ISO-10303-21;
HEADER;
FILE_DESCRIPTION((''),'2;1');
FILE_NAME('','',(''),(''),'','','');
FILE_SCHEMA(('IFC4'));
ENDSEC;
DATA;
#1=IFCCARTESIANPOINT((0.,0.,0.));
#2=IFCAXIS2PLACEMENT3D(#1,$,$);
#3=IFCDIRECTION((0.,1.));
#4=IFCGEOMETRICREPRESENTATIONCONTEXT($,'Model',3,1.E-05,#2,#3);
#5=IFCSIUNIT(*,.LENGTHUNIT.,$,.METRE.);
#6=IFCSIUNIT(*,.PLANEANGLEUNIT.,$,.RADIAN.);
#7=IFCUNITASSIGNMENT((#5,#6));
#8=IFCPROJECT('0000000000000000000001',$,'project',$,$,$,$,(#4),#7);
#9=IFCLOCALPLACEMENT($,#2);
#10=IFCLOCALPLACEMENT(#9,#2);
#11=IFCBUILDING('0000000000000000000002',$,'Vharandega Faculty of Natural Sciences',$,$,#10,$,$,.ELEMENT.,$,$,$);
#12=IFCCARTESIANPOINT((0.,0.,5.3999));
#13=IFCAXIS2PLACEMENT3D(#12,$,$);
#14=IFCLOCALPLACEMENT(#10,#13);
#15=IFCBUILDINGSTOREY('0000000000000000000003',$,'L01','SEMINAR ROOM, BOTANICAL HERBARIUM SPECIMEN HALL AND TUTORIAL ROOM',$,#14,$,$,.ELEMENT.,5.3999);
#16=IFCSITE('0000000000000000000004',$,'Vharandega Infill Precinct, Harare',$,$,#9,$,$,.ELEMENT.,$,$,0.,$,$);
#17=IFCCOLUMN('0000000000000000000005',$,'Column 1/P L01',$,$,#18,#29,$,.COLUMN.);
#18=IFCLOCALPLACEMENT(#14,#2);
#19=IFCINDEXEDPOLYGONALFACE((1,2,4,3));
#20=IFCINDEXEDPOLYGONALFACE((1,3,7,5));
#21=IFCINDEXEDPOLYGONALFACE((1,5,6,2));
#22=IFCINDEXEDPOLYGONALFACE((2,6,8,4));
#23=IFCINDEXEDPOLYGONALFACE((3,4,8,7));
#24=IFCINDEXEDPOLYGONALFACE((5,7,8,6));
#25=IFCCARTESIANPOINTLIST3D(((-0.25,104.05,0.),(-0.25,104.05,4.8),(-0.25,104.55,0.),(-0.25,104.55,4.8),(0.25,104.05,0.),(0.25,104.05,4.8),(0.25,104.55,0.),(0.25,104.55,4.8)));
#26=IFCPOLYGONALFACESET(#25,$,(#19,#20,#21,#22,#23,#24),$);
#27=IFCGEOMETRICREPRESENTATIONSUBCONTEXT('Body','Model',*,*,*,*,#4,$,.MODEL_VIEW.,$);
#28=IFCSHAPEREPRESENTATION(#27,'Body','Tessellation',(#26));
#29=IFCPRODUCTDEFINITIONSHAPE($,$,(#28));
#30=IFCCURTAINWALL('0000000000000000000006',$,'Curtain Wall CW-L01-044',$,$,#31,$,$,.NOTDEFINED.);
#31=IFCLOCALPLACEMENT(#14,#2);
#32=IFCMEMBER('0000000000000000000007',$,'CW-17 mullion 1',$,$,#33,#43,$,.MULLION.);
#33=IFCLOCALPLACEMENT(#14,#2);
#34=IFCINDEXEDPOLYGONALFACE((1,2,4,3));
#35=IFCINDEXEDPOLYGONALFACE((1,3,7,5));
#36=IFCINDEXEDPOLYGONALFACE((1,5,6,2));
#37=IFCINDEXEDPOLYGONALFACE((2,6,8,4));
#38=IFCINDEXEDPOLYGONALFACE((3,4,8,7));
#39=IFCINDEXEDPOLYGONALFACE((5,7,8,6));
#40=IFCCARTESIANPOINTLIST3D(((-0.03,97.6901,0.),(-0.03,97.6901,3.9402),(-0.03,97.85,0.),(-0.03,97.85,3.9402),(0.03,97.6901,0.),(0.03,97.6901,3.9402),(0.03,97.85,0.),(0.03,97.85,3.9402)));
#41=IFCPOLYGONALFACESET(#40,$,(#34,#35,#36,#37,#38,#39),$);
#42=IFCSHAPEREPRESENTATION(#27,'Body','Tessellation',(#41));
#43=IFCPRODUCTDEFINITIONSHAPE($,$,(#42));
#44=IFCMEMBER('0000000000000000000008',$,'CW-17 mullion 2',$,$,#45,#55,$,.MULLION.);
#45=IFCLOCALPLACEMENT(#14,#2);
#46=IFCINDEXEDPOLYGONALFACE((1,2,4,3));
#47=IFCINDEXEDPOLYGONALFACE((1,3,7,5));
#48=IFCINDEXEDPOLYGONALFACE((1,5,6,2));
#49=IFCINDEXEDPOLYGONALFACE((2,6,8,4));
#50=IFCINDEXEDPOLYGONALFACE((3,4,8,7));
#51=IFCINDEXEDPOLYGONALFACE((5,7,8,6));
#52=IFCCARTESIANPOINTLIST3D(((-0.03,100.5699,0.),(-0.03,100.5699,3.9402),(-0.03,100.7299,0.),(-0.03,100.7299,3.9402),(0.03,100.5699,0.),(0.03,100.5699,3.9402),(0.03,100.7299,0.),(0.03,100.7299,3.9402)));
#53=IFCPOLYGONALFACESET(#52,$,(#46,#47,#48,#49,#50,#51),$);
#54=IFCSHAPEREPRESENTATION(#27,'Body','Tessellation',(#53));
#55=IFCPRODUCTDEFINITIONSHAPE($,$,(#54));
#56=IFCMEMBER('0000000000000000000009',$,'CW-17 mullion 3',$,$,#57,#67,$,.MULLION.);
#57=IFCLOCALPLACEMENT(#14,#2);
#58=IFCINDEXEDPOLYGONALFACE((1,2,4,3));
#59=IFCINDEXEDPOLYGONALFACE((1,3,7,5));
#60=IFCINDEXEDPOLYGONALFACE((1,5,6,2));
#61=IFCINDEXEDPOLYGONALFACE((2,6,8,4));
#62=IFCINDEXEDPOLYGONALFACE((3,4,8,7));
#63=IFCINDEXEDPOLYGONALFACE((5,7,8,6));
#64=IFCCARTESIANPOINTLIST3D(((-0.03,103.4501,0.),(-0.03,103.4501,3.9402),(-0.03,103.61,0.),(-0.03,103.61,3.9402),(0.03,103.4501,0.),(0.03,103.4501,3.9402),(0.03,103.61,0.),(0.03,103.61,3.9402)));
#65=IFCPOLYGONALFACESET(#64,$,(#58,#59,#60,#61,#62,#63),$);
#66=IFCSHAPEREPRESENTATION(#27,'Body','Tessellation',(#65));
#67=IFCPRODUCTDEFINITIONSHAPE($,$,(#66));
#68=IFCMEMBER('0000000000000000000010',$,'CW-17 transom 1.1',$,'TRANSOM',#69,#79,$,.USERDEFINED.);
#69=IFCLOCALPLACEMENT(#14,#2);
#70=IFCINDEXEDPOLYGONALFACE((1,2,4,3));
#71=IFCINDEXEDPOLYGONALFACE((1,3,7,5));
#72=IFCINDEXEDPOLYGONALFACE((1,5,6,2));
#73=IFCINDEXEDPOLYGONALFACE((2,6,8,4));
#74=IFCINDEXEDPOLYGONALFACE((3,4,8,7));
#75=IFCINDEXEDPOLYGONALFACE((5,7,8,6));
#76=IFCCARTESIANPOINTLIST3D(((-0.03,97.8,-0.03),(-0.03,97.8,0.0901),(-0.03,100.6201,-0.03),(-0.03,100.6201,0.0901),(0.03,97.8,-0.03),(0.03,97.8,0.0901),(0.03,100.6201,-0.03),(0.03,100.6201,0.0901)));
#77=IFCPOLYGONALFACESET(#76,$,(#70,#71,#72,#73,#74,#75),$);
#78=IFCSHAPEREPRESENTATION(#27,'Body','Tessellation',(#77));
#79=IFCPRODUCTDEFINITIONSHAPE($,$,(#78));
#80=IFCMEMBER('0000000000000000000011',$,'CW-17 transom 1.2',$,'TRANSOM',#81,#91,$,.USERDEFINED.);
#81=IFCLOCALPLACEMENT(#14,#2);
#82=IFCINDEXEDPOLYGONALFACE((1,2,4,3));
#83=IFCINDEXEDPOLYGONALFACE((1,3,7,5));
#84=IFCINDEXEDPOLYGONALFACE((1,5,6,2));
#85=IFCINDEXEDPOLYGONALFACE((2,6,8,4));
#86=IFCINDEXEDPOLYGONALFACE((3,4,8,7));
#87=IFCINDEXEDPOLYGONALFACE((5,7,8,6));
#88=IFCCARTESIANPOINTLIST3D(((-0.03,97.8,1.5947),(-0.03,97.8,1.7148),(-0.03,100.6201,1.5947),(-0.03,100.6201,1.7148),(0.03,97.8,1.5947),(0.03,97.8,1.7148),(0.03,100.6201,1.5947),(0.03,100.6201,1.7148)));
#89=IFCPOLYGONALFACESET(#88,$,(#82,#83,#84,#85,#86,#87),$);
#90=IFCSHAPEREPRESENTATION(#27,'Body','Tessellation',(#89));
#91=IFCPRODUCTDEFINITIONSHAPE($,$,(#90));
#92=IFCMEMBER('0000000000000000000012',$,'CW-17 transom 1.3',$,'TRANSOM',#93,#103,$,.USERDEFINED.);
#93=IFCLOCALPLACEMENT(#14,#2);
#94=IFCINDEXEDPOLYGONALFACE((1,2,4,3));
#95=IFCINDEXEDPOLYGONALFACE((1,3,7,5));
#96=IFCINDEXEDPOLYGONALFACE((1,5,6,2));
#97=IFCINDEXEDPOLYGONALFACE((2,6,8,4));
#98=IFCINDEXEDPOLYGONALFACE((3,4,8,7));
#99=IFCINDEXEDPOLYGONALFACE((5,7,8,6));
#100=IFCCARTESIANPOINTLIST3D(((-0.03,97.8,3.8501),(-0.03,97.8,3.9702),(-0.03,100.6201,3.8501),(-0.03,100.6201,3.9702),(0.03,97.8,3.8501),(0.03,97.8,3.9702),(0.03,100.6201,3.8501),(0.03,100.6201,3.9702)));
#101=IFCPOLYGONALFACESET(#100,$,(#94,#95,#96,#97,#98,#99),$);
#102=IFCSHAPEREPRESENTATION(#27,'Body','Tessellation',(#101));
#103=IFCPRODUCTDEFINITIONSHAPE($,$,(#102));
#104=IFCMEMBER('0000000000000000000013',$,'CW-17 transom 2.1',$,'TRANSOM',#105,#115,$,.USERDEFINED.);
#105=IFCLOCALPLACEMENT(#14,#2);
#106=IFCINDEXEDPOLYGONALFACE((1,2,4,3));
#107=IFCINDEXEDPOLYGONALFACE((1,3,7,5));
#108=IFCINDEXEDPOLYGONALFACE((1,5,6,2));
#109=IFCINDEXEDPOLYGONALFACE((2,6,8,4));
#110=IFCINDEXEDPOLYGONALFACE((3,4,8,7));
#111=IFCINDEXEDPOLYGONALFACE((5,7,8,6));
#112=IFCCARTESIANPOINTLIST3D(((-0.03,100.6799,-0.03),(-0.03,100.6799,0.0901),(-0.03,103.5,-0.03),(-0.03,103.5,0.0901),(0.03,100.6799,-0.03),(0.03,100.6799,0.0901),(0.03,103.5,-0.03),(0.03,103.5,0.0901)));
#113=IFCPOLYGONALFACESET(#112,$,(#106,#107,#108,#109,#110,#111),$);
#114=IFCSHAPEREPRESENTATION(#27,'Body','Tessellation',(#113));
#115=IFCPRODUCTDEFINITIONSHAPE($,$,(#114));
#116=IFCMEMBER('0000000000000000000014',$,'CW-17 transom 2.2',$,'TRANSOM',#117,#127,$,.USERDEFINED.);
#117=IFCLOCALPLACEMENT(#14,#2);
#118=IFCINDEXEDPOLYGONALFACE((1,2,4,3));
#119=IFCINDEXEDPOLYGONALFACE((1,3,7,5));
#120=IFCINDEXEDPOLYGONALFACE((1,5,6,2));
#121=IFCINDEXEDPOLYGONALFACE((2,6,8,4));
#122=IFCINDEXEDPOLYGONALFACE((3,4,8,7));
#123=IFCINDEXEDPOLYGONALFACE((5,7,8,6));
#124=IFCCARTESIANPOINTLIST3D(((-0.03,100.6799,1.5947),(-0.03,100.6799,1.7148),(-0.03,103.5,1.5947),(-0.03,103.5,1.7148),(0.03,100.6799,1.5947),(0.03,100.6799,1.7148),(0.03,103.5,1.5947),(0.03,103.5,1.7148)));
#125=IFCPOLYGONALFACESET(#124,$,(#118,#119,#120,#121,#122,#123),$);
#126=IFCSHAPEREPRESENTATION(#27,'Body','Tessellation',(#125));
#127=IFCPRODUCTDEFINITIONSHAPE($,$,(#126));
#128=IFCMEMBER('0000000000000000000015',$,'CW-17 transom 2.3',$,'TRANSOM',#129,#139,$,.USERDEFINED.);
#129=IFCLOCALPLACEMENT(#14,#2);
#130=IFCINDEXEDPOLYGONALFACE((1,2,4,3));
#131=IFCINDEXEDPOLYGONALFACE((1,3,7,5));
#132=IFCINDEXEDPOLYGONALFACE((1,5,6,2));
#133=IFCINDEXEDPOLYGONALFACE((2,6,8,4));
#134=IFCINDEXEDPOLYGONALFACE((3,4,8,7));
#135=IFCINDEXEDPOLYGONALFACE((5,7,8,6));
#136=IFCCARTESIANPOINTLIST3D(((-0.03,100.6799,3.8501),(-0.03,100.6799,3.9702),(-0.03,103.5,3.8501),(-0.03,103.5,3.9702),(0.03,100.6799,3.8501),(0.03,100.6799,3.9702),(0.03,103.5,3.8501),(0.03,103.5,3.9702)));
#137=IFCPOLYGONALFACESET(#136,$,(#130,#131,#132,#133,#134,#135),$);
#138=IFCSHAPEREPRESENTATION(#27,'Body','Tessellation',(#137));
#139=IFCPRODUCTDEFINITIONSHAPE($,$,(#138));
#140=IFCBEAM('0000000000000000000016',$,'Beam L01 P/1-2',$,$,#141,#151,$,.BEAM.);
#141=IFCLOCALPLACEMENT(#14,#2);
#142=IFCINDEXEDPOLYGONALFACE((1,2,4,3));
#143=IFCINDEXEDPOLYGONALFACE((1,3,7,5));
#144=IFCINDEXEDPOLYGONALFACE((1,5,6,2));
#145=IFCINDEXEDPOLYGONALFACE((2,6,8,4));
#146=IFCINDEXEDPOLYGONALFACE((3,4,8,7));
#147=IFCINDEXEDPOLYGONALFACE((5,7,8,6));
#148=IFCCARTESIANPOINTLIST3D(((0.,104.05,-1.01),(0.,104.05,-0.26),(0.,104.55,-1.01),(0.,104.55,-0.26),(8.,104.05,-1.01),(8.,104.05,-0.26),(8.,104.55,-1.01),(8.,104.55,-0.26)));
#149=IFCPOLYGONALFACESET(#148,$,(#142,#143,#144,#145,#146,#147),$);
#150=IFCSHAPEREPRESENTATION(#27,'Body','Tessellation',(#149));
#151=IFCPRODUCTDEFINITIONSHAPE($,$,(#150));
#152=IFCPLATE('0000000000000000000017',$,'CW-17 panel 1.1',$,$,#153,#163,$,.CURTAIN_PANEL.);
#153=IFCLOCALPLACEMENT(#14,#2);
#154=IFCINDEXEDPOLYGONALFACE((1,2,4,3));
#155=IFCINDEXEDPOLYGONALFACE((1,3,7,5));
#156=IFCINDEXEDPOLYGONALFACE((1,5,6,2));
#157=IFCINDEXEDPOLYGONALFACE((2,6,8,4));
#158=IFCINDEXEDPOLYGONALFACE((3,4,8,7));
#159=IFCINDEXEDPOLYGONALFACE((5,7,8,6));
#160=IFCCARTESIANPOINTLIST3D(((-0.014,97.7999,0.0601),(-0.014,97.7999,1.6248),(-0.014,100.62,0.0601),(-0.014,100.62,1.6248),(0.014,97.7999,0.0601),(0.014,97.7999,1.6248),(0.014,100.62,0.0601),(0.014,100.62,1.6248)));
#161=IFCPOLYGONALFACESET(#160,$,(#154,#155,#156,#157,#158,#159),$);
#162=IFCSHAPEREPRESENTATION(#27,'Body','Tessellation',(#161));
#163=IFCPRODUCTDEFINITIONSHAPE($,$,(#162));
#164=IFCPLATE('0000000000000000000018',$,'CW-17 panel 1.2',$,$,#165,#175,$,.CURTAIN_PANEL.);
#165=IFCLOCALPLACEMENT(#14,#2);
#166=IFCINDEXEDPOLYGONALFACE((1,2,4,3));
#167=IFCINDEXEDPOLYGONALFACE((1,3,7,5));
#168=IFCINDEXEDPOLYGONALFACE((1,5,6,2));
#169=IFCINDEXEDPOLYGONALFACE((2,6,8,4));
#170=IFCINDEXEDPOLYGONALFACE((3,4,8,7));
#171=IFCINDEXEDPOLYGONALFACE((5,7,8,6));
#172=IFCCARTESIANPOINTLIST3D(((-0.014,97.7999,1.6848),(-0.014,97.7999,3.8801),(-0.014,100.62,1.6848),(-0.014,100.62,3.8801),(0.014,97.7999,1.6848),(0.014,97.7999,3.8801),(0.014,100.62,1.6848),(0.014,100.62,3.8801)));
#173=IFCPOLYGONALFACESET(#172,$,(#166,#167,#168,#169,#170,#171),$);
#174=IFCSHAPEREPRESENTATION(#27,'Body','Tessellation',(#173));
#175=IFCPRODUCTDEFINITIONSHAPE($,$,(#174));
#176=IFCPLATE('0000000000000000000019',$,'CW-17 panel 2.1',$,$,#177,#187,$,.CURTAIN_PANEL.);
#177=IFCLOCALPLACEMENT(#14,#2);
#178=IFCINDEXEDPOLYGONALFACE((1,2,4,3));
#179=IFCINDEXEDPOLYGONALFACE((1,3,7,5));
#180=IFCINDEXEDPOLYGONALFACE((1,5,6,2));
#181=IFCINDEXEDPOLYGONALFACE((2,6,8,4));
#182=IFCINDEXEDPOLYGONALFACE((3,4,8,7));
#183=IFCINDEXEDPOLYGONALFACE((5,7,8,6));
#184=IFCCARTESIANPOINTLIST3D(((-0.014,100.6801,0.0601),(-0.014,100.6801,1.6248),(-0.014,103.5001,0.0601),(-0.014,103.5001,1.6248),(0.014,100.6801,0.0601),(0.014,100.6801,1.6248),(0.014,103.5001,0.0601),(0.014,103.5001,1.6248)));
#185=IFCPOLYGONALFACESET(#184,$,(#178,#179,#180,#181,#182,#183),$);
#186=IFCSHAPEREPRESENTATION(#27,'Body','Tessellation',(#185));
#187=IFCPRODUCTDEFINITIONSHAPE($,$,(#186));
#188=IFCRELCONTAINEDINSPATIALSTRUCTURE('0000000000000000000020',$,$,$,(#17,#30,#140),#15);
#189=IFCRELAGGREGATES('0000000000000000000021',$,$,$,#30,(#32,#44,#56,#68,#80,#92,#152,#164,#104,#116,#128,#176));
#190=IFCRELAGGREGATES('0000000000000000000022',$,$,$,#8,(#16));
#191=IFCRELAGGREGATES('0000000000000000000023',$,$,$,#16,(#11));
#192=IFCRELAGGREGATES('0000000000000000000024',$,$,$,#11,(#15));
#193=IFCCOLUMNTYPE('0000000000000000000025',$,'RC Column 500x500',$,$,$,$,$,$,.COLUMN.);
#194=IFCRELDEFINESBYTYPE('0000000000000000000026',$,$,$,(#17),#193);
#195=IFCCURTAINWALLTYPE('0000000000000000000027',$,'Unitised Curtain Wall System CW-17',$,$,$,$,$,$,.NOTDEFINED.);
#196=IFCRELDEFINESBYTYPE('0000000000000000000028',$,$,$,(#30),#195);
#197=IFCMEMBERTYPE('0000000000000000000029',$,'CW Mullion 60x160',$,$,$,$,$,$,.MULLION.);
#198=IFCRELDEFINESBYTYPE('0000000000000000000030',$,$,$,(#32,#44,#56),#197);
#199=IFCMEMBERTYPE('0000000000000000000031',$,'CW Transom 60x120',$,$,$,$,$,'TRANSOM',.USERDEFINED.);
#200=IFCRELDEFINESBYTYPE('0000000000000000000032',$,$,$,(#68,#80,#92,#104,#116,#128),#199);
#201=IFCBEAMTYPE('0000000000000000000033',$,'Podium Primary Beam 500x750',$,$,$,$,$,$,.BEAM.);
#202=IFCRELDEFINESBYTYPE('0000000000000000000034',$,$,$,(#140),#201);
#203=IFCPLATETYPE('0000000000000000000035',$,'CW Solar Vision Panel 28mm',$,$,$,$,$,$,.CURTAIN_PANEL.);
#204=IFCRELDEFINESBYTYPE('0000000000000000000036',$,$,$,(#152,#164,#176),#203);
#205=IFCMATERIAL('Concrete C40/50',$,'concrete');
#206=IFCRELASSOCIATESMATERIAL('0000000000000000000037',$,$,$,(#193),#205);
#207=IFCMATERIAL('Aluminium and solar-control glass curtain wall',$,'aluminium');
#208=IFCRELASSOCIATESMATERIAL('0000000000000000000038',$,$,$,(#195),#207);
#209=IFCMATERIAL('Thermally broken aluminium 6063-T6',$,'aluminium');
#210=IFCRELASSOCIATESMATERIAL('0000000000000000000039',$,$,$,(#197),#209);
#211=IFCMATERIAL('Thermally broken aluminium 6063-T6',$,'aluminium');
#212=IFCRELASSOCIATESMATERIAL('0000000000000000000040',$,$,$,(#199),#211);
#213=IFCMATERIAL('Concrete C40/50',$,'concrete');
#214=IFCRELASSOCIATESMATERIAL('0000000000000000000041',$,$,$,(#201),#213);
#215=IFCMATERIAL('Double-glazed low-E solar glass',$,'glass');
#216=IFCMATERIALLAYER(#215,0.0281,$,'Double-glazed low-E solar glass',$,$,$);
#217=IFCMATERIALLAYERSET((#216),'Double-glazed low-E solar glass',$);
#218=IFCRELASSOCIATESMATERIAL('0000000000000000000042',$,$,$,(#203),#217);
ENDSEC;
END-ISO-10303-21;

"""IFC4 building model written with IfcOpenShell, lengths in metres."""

from ifc_helpers import new_model, si_unit, direction, frame, origin, origin_2d, place, context, subcontext, project, spatial, rectangle, extrude, material, layer, layer_set, material_profile, profile_set, type_object, element, aggregate, save


model = new_model("IFC4")

# Units and contexts
model_context = context("Model", 3, precision=1e-05, world=origin(), true_north=direction((0.0, 1.0)))
body_context = subcontext(model_context, "Body", "Model", "MODEL_VIEW")
ifc_project = project(units=[si_unit("LENGTHUNIT", "METRE"), si_unit("PLANEANGLEUNIT", "RADIAN")], contexts=[model_context])

# Site, building, storey
site_placement = place(None, origin())
site = spatial("IfcSite", under=ifc_project, at=site_placement, Name="Vharandega Infill Precinct, Harare", CompositionType="ELEMENT", RefElevation=0.0)
building_placement = place(site_placement, origin())
building = spatial("IfcBuilding", under=site, at=building_placement, Name="Vharandega Faculty of Natural Sciences", CompositionType="ELEMENT")
storey_placement = place(building_placement, frame((0.0, 0.0, 5.3999)))
storey = spatial("IfcBuildingStorey", under=building, at=storey_placement, Name="L01", Description="SEMINAR ROOM, BOTANICAL HERBARIUM SPECIMEN HALL AND TUTORIAL ROOM", CompositionType="ELEMENT", Elevation=5.3999)

# Column
ifc_material_1 = material(Name="Concrete C40/50", Category="concrete")
ifc_material_profile_1 = material_profile(ifc_material_1, rectangle(XDim=0.5, YDim=0.5, at=origin_2d()), Name="RC 500x500")
ifc_profile_set_1 = profile_set([ifc_material_profile_1], Name="Concrete C40/50")
column_type = type_object("IfcColumnType", Name="RC Column 500x500", PredefinedType="COLUMN", material=ifc_profile_set_1)
column_placement = place(storey_placement, frame((0.0, 104.3, 0.0), z_axis=(0.0, 0.0, 1.0), x_axis=(1.0, 0.0, 0.0)))
element("IfcColumn", 1, at=column_placement, inside=storey, type_object=column_type, Name="Column 1/P L01", PredefinedType="COLUMN", context=body_context, shape_type="SweptSolid", body=[
    extrude(rectangle(XDim=0.5, YDim=0.5, at=origin_2d()), origin(), (0.0, 0.0, 1.0), 4.8),
])

# Curtain wall, members
ifc_material_2 = material(Name="Aluminium and solar-control glass curtain wall", Category="aluminium")
curtain_wall_type = type_object("IfcCurtainWallType", Name="Unitised Curtain Wall System CW-17", PredefinedType="NOTDEFINED", material=ifc_material_2)
curtain_wall_placement = place(storey_placement, origin())
curtain_wall = element("IfcCurtainWall", 2, at=curtain_wall_placement, inside=storey, type_object=curtain_wall_type, Name="Curtain Wall CW-L01-044", PredefinedType="NOTDEFINED")
ifc_material_3 = material(Name="Thermally broken aluminium 6063-T6", Category="aluminium")
ifc_material_profile_2 = material_profile(ifc_material_3, rectangle(XDim=0.0601, YDim=0.1599, at=origin_2d()), Name="ALU 60x160")
ifc_profile_set_2 = profile_set([ifc_material_profile_2], Name="Thermally broken aluminium 6063-T6")
member_type_1 = type_object("IfcMemberType", Name="CW Mullion 60x160", PredefinedType="MULLION", material=ifc_profile_set_2)
member_1_placement = place(storey_placement, frame((0.0, 97.77, 0.0), z_axis=(0.0, 0.0, 1.0), x_axis=(-1.0, 0.0, 0.0)))
member_1 = element("IfcMember", 3, at=member_1_placement, type_object=member_type_1, Name="CW-17 mullion 1", PredefinedType="MULLION", context=body_context, shape_type="SweptSolid", body=[
    extrude(rectangle(XDim=0.0601, YDim=0.1599, at=origin_2d()), origin(), (0.0, 0.0, 1.0), 3.9402),
])
member_2_placement = place(storey_placement, frame((0.0, 100.6499, 0.0), z_axis=(0.0, 0.0, 1.0), x_axis=(-1.0, 0.0, 0.0)))
member_2 = element("IfcMember", 4, at=member_2_placement, type_object=member_type_1, Name="CW-17 mullion 2", PredefinedType="MULLION", context=body_context, shape_type="SweptSolid", body=[
    extrude(rectangle(XDim=0.0601, YDim=0.1599, at=origin_2d()), origin(), (0.0, 0.0, 1.0), 3.9402),
])
member_3_placement = place(storey_placement, frame((0.0, 103.53, 0.0), z_axis=(0.0, 0.0, 1.0), x_axis=(-1.0, 0.0, 0.0)))
member_3 = element("IfcMember", 5, at=member_3_placement, type_object=member_type_1, Name="CW-17 mullion 3", PredefinedType="MULLION", context=body_context, shape_type="SweptSolid", body=[
    extrude(rectangle(XDim=0.0601, YDim=0.1599, at=origin_2d()), origin(), (0.0, 0.0, 1.0), 3.9402),
])
ifc_material_4 = material(Name="Thermally broken aluminium 6063-T6", Category="aluminium")
ifc_material_profile_3 = material_profile(ifc_material_4, rectangle(XDim=0.0601, YDim=0.1201, at=origin_2d()), Name="ALU 60x120")
ifc_profile_set_3 = profile_set([ifc_material_profile_3], Name="Thermally broken aluminium 6063-T6")
member_type_2 = type_object("IfcMemberType", Name="CW Transom 60x120", ElementType="TRANSOM", PredefinedType="USERDEFINED", material=ifc_profile_set_3)
member_4_placement = place(storey_placement, frame((0.0, 97.8, 0.03), z_axis=(0.0, 1.0, 0.0), x_axis=(-1.0, 0.0, 0.0)))
member_4 = element("IfcMember", 6, at=member_4_placement, type_object=member_type_2, Name="CW-17 transom 1.1", ObjectType="TRANSOM", PredefinedType="USERDEFINED", context=body_context, shape_type="SweptSolid", body=[
    extrude(rectangle(XDim=0.0601, YDim=0.1201, at=origin_2d()), origin(), (0.0, 0.0, 1.0), 2.8201),
])
member_5_placement = place(storey_placement, frame((0.0, 97.8, 1.6548), z_axis=(0.0, 1.0, 0.0), x_axis=(-1.0, 0.0, 0.0)))
member_5 = element("IfcMember", 7, at=member_5_placement, type_object=member_type_2, Name="CW-17 transom 1.2", ObjectType="TRANSOM", PredefinedType="USERDEFINED", context=body_context, shape_type="SweptSolid", body=[
    extrude(rectangle(XDim=0.0601, YDim=0.1201, at=origin_2d()), origin(), (0.0, 0.0, 1.0), 2.8201),
])
member_6_placement = place(storey_placement, frame((0.0, 97.8, 3.9102), z_axis=(0.0, 1.0, 0.0), x_axis=(-1.0, 0.0, 0.0)))
member_6 = element("IfcMember", 8, at=member_6_placement, type_object=member_type_2, Name="CW-17 transom 1.3", ObjectType="TRANSOM", PredefinedType="USERDEFINED", context=body_context, shape_type="SweptSolid", body=[
    extrude(rectangle(XDim=0.0601, YDim=0.1201, at=origin_2d()), origin(), (0.0, 0.0, 1.0), 2.8201),
])
member_7_placement = place(storey_placement, frame((0.0, 100.6799, 0.03), z_axis=(0.0, 1.0, 0.0), x_axis=(-1.0, 0.0, 0.0)))
member_7 = element("IfcMember", 9, at=member_7_placement, type_object=member_type_2, Name="CW-17 transom 2.1", ObjectType="TRANSOM", PredefinedType="USERDEFINED", context=body_context, shape_type="SweptSolid", body=[
    extrude(rectangle(XDim=0.0601, YDim=0.1201, at=origin_2d()), origin(), (0.0, 0.0, 1.0), 2.8201),
])
member_8_placement = place(storey_placement, frame((0.0, 100.6799, 1.6548), z_axis=(0.0, 1.0, 0.0), x_axis=(-1.0, 0.0, 0.0)))
member_8 = element("IfcMember", 10, at=member_8_placement, type_object=member_type_2, Name="CW-17 transom 2.2", ObjectType="TRANSOM", PredefinedType="USERDEFINED", context=body_context, shape_type="SweptSolid", body=[
    extrude(rectangle(XDim=0.0601, YDim=0.1201, at=origin_2d()), origin(), (0.0, 0.0, 1.0), 2.8201),
])
member_9_placement = place(storey_placement, frame((0.0, 100.6799, 3.9102), z_axis=(0.0, 1.0, 0.0), x_axis=(-1.0, 0.0, 0.0)))
member_9 = element("IfcMember", 11, at=member_9_placement, type_object=member_type_2, Name="CW-17 transom 2.3", ObjectType="TRANSOM", PredefinedType="USERDEFINED", context=body_context, shape_type="SweptSolid", body=[
    extrude(rectangle(XDim=0.0601, YDim=0.1201, at=origin_2d()), origin(), (0.0, 0.0, 1.0), 2.8201),
])

# Beam
ifc_material_5 = material(Name="Concrete C40/50", Category="concrete")
ifc_material_profile_4 = material_profile(ifc_material_5, rectangle(XDim=0.5, YDim=0.75, at=origin_2d()), Name="RC 500x750")
ifc_profile_set_4 = profile_set([ifc_material_profile_4], Name="Concrete C40/50")
beam_type = type_object("IfcBeamType", Name="Podium Primary Beam 500x750", PredefinedType="BEAM", material=ifc_profile_set_4)
beam_placement = place(storey_placement, frame((0.0, 104.3, -0.635), z_axis=(1.0, 0.0, 0.0), x_axis=(0.0, 1.0, 0.0)))
element("IfcBeam", 12, at=beam_placement, inside=storey, type_object=beam_type, Name="Beam L01 P/1-2", PredefinedType="BEAM", context=body_context, shape_type="SweptSolid", body=[
    extrude(rectangle(XDim=0.5, YDim=0.75, at=origin_2d()), origin(), (0.0, 0.0, 1.0), 8.0),
])

# Plates
ifc_material_6 = material(Name="Double-glazed low-E solar glass", Category="glass")
ifc_layer_1 = layer(ifc_material_6, 0.0281, Name="Double-glazed low-E solar glass")
ifc_layer_set_1 = layer_set([ifc_layer_1], Name="Double-glazed low-E solar glass")
plate_type = type_object("IfcPlateType", Name="CW Solar Vision Panel 28mm", PredefinedType="CURTAIN_PANEL", material=ifc_layer_set_1)
plate_1_placement = place(storey_placement, frame((0.0, 99.21, 0.0601), z_axis=(0.0, 0.0, 1.0), x_axis=(0.0, 1.0, 0.0)))
plate_1 = element("IfcPlate", 13, at=plate_1_placement, type_object=plate_type, Name="CW-17 panel 1.1", PredefinedType="CURTAIN_PANEL", context=body_context, shape_type="SweptSolid", body=[
    extrude(rectangle(XDim=2.8201, YDim=0.0281, at=origin_2d()), origin(), (0.0, 0.0, 1.0), 1.5647),
])
plate_2_placement = place(storey_placement, frame((0.0, 99.21, 1.6848), z_axis=(0.0, 0.0, 1.0), x_axis=(0.0, 1.0, 0.0)))
plate_2 = element("IfcPlate", 14, at=plate_2_placement, type_object=plate_type, Name="CW-17 panel 1.2", PredefinedType="CURTAIN_PANEL", context=body_context, shape_type="SweptSolid", body=[
    extrude(rectangle(XDim=2.8201, YDim=0.0281, at=origin_2d()), origin(), (0.0, 0.0, 1.0), 2.1953),
])
plate_3_placement = place(storey_placement, frame((0.0, 102.0901, 0.0601), z_axis=(0.0, 0.0, 1.0), x_axis=(0.0, 1.0, 0.0)))
plate_3 = element("IfcPlate", 15, at=plate_3_placement, type_object=plate_type, Name="CW-17 panel 2.1", PredefinedType="CURTAIN_PANEL", context=body_context, shape_type="SweptSolid", body=[
    extrude(rectangle(XDim=2.8201, YDim=0.0281, at=origin_2d()), origin(), (0.0, 0.0, 1.0), 1.5647),
])
aggregate(curtain_wall, [member_1, member_2, member_3, member_4, member_5, member_6, plate_1, plate_2, member_7, member_8, member_9, plate_3])

save(model, "model.ifc")
